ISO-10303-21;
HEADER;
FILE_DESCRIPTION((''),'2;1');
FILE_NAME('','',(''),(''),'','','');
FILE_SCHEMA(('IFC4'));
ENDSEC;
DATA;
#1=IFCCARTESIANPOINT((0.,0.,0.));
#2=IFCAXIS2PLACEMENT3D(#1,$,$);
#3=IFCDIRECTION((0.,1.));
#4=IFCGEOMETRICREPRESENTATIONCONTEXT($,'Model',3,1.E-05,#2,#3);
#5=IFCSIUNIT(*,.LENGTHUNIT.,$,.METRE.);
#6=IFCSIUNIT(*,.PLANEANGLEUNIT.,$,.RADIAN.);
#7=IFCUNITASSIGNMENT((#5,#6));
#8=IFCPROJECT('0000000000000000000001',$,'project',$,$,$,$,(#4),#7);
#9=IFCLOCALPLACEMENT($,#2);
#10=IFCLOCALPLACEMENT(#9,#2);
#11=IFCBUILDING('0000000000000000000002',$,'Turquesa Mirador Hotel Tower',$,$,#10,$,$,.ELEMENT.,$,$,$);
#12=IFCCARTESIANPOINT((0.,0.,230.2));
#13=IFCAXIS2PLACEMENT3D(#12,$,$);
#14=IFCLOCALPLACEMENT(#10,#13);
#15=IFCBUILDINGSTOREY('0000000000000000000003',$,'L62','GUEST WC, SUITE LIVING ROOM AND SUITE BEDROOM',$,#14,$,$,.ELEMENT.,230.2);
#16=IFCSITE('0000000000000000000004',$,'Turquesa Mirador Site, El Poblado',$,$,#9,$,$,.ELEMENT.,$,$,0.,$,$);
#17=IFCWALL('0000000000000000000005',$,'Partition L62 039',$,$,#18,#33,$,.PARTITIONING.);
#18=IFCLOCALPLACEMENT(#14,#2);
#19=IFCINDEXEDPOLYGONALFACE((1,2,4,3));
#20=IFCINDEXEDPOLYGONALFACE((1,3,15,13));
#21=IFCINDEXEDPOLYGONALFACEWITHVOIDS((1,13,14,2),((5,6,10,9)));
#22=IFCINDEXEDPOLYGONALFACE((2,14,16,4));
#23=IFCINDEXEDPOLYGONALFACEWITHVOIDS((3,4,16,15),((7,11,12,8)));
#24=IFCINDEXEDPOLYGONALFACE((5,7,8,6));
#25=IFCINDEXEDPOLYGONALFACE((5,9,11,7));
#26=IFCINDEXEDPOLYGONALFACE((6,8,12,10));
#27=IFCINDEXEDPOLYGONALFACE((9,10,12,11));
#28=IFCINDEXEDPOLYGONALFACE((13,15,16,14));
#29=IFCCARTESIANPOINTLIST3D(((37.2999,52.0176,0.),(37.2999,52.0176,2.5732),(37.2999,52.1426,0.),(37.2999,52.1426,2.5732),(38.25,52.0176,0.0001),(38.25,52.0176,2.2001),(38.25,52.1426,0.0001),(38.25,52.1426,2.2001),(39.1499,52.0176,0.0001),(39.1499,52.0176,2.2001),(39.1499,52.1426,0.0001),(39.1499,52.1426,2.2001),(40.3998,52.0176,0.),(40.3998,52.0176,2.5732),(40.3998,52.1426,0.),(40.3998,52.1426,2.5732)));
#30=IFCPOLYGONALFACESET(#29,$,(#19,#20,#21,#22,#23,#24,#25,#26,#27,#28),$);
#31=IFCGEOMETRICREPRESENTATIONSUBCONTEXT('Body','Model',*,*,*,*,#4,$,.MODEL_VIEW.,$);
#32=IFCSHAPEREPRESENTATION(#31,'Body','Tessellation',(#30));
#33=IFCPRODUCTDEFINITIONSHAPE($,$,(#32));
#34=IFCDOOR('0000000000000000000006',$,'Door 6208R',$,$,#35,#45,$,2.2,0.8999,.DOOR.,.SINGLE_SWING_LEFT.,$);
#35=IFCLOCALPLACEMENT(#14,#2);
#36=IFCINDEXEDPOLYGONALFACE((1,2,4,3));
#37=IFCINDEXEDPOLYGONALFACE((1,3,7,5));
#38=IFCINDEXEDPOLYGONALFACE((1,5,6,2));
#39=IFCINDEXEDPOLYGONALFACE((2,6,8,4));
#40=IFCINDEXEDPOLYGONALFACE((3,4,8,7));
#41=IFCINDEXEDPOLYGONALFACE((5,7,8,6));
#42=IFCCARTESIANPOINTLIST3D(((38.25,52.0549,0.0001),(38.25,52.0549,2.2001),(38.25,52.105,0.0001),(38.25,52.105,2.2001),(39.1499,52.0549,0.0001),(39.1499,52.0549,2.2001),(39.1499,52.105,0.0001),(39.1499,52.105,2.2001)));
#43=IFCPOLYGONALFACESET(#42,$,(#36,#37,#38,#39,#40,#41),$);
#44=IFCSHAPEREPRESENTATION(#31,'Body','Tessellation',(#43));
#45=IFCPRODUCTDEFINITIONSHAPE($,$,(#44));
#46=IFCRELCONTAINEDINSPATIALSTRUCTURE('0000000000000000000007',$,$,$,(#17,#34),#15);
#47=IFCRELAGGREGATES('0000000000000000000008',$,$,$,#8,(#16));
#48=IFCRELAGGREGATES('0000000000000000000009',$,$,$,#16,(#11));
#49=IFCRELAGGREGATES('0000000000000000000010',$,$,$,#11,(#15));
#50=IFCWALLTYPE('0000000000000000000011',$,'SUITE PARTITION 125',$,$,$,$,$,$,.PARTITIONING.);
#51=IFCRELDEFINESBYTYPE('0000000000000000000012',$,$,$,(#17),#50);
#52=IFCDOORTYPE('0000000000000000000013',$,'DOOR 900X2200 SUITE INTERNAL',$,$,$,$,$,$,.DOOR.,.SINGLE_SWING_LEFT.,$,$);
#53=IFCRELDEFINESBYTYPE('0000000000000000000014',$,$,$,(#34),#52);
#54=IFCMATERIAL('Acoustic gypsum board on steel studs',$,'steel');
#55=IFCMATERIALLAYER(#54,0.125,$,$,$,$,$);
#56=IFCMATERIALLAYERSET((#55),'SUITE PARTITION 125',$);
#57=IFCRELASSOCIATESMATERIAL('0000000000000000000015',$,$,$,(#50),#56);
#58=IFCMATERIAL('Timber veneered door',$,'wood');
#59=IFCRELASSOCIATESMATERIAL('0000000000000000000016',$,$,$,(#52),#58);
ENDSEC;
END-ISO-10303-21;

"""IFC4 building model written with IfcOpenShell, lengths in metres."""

from ifc_helpers import new_model, si_unit, direction, frame, frame_2d, origin, place, context, subcontext, project, spatial, rectangle, extrude, material, layer, layer_set, type_object, element, fill, save


model = new_model("IFC4")

# Units and contexts
model_context = context("Model", 3, precision=1e-05, world=origin(), true_north=direction((0.0, 1.0)))
body_context = subcontext(model_context, "Body", "Model", "MODEL_VIEW")
ifc_project = project(units=[si_unit("LENGTHUNIT", "METRE"), si_unit("PLANEANGLEUNIT", "RADIAN")], contexts=[model_context])

# Site, building, storey
site_placement = place(None, origin())
site = spatial("IfcSite", under=ifc_project, at=site_placement, Name="Turquesa Mirador Site, El Poblado", CompositionType="ELEMENT", RefElevation=0.0)
building_placement = place(site_placement, origin())
building = spatial("IfcBuilding", under=site, at=building_placement, Name="Turquesa Mirador Hotel Tower", CompositionType="ELEMENT")
storey_placement = place(building_placement, frame((0.0, 0.0, 230.2)))
storey = spatial("IfcBuildingStorey", under=building, at=storey_placement, Name="L62", Description="GUEST WC, SUITE LIVING ROOM AND SUITE BEDROOM", CompositionType="ELEMENT", Elevation=230.2)

# Wall, opening, door
ifc_material_1 = material(Name="Acoustic gypsum board on steel studs", Category="steel")
ifc_layer_1 = layer(ifc_material_1, 0.125)
ifc_layer_set_1 = layer_set([ifc_layer_1], Name="SUITE PARTITION 125")
wall_type_1 = type_object("IfcWallType", Name="SUITE PARTITION 125", PredefinedType="PARTITIONING", material=ifc_layer_set_1)
wall_1_placement = place(storey_placement, frame((37.3, 52.0801, 0.0), z_axis=(0.0, 0.0, 1.0), x_axis=(1.0, 0.0, 0.0)))
wall_1 = element("IfcWall", 1, at=wall_1_placement, inside=storey, type_object=wall_type_1, Name="Partition L62 039", PredefinedType="PARTITIONING", context=body_context, shape_type="SweptSolid", body=[
    extrude(rectangle(XDim=3.0999, YDim=0.125, at=frame_2d((1.5498, 0.0))), origin(), (0.0, 0.0, 1.0), 2.5732),
])
opening_placement = place(wall_1_placement, frame((0.95, 0.0, 0.0)))
opening = element("IfcOpeningElement", 2, at=opening_placement, cuts=wall_1, PredefinedType="OPENING", context=body_context, shape_type="SweptSolid", body=[
    extrude(rectangle(XDim=0.8999, YDim=2.2, at=frame_2d((0.45, 1.1001))), frame((0.0, 0.0725, 0.0), z_axis=(0.0, -1.0, 0.0), x_axis=(1.0, 0.0, 0.0)), (0.0, 0.0, 1.0), 0.145),
])
ifc_material_2 = material(Name="Timber veneered door", Category="wood")
door_type = type_object("IfcDoorType", Name="DOOR 900X2200 SUITE INTERNAL", OperationType="SINGLE_SWING_LEFT", PredefinedType="DOOR", material=ifc_material_2)
door_placement = place(opening_placement, origin())
door = element("IfcDoor", 3, at=door_placement, inside=storey, type_object=door_type, Name="Door 6208R", OperationType="SINGLE_SWING_LEFT", OverallHeight=2.2, OverallWidth=0.8999, PredefinedType="DOOR", context=body_context, shape_type="SweptSolid", body=[
    extrude(rectangle(XDim=0.8999, YDim=2.2, at=frame_2d((0.45, 1.1001))), frame((0.0, 0.0249, 0.0), z_axis=(0.0, -1.0, 0.0), x_axis=(1.0, 0.0, 0.0)), (0.0, 0.0, 1.0), 0.05),
])
fill(opening, door)

save(model, "model.ifc")
